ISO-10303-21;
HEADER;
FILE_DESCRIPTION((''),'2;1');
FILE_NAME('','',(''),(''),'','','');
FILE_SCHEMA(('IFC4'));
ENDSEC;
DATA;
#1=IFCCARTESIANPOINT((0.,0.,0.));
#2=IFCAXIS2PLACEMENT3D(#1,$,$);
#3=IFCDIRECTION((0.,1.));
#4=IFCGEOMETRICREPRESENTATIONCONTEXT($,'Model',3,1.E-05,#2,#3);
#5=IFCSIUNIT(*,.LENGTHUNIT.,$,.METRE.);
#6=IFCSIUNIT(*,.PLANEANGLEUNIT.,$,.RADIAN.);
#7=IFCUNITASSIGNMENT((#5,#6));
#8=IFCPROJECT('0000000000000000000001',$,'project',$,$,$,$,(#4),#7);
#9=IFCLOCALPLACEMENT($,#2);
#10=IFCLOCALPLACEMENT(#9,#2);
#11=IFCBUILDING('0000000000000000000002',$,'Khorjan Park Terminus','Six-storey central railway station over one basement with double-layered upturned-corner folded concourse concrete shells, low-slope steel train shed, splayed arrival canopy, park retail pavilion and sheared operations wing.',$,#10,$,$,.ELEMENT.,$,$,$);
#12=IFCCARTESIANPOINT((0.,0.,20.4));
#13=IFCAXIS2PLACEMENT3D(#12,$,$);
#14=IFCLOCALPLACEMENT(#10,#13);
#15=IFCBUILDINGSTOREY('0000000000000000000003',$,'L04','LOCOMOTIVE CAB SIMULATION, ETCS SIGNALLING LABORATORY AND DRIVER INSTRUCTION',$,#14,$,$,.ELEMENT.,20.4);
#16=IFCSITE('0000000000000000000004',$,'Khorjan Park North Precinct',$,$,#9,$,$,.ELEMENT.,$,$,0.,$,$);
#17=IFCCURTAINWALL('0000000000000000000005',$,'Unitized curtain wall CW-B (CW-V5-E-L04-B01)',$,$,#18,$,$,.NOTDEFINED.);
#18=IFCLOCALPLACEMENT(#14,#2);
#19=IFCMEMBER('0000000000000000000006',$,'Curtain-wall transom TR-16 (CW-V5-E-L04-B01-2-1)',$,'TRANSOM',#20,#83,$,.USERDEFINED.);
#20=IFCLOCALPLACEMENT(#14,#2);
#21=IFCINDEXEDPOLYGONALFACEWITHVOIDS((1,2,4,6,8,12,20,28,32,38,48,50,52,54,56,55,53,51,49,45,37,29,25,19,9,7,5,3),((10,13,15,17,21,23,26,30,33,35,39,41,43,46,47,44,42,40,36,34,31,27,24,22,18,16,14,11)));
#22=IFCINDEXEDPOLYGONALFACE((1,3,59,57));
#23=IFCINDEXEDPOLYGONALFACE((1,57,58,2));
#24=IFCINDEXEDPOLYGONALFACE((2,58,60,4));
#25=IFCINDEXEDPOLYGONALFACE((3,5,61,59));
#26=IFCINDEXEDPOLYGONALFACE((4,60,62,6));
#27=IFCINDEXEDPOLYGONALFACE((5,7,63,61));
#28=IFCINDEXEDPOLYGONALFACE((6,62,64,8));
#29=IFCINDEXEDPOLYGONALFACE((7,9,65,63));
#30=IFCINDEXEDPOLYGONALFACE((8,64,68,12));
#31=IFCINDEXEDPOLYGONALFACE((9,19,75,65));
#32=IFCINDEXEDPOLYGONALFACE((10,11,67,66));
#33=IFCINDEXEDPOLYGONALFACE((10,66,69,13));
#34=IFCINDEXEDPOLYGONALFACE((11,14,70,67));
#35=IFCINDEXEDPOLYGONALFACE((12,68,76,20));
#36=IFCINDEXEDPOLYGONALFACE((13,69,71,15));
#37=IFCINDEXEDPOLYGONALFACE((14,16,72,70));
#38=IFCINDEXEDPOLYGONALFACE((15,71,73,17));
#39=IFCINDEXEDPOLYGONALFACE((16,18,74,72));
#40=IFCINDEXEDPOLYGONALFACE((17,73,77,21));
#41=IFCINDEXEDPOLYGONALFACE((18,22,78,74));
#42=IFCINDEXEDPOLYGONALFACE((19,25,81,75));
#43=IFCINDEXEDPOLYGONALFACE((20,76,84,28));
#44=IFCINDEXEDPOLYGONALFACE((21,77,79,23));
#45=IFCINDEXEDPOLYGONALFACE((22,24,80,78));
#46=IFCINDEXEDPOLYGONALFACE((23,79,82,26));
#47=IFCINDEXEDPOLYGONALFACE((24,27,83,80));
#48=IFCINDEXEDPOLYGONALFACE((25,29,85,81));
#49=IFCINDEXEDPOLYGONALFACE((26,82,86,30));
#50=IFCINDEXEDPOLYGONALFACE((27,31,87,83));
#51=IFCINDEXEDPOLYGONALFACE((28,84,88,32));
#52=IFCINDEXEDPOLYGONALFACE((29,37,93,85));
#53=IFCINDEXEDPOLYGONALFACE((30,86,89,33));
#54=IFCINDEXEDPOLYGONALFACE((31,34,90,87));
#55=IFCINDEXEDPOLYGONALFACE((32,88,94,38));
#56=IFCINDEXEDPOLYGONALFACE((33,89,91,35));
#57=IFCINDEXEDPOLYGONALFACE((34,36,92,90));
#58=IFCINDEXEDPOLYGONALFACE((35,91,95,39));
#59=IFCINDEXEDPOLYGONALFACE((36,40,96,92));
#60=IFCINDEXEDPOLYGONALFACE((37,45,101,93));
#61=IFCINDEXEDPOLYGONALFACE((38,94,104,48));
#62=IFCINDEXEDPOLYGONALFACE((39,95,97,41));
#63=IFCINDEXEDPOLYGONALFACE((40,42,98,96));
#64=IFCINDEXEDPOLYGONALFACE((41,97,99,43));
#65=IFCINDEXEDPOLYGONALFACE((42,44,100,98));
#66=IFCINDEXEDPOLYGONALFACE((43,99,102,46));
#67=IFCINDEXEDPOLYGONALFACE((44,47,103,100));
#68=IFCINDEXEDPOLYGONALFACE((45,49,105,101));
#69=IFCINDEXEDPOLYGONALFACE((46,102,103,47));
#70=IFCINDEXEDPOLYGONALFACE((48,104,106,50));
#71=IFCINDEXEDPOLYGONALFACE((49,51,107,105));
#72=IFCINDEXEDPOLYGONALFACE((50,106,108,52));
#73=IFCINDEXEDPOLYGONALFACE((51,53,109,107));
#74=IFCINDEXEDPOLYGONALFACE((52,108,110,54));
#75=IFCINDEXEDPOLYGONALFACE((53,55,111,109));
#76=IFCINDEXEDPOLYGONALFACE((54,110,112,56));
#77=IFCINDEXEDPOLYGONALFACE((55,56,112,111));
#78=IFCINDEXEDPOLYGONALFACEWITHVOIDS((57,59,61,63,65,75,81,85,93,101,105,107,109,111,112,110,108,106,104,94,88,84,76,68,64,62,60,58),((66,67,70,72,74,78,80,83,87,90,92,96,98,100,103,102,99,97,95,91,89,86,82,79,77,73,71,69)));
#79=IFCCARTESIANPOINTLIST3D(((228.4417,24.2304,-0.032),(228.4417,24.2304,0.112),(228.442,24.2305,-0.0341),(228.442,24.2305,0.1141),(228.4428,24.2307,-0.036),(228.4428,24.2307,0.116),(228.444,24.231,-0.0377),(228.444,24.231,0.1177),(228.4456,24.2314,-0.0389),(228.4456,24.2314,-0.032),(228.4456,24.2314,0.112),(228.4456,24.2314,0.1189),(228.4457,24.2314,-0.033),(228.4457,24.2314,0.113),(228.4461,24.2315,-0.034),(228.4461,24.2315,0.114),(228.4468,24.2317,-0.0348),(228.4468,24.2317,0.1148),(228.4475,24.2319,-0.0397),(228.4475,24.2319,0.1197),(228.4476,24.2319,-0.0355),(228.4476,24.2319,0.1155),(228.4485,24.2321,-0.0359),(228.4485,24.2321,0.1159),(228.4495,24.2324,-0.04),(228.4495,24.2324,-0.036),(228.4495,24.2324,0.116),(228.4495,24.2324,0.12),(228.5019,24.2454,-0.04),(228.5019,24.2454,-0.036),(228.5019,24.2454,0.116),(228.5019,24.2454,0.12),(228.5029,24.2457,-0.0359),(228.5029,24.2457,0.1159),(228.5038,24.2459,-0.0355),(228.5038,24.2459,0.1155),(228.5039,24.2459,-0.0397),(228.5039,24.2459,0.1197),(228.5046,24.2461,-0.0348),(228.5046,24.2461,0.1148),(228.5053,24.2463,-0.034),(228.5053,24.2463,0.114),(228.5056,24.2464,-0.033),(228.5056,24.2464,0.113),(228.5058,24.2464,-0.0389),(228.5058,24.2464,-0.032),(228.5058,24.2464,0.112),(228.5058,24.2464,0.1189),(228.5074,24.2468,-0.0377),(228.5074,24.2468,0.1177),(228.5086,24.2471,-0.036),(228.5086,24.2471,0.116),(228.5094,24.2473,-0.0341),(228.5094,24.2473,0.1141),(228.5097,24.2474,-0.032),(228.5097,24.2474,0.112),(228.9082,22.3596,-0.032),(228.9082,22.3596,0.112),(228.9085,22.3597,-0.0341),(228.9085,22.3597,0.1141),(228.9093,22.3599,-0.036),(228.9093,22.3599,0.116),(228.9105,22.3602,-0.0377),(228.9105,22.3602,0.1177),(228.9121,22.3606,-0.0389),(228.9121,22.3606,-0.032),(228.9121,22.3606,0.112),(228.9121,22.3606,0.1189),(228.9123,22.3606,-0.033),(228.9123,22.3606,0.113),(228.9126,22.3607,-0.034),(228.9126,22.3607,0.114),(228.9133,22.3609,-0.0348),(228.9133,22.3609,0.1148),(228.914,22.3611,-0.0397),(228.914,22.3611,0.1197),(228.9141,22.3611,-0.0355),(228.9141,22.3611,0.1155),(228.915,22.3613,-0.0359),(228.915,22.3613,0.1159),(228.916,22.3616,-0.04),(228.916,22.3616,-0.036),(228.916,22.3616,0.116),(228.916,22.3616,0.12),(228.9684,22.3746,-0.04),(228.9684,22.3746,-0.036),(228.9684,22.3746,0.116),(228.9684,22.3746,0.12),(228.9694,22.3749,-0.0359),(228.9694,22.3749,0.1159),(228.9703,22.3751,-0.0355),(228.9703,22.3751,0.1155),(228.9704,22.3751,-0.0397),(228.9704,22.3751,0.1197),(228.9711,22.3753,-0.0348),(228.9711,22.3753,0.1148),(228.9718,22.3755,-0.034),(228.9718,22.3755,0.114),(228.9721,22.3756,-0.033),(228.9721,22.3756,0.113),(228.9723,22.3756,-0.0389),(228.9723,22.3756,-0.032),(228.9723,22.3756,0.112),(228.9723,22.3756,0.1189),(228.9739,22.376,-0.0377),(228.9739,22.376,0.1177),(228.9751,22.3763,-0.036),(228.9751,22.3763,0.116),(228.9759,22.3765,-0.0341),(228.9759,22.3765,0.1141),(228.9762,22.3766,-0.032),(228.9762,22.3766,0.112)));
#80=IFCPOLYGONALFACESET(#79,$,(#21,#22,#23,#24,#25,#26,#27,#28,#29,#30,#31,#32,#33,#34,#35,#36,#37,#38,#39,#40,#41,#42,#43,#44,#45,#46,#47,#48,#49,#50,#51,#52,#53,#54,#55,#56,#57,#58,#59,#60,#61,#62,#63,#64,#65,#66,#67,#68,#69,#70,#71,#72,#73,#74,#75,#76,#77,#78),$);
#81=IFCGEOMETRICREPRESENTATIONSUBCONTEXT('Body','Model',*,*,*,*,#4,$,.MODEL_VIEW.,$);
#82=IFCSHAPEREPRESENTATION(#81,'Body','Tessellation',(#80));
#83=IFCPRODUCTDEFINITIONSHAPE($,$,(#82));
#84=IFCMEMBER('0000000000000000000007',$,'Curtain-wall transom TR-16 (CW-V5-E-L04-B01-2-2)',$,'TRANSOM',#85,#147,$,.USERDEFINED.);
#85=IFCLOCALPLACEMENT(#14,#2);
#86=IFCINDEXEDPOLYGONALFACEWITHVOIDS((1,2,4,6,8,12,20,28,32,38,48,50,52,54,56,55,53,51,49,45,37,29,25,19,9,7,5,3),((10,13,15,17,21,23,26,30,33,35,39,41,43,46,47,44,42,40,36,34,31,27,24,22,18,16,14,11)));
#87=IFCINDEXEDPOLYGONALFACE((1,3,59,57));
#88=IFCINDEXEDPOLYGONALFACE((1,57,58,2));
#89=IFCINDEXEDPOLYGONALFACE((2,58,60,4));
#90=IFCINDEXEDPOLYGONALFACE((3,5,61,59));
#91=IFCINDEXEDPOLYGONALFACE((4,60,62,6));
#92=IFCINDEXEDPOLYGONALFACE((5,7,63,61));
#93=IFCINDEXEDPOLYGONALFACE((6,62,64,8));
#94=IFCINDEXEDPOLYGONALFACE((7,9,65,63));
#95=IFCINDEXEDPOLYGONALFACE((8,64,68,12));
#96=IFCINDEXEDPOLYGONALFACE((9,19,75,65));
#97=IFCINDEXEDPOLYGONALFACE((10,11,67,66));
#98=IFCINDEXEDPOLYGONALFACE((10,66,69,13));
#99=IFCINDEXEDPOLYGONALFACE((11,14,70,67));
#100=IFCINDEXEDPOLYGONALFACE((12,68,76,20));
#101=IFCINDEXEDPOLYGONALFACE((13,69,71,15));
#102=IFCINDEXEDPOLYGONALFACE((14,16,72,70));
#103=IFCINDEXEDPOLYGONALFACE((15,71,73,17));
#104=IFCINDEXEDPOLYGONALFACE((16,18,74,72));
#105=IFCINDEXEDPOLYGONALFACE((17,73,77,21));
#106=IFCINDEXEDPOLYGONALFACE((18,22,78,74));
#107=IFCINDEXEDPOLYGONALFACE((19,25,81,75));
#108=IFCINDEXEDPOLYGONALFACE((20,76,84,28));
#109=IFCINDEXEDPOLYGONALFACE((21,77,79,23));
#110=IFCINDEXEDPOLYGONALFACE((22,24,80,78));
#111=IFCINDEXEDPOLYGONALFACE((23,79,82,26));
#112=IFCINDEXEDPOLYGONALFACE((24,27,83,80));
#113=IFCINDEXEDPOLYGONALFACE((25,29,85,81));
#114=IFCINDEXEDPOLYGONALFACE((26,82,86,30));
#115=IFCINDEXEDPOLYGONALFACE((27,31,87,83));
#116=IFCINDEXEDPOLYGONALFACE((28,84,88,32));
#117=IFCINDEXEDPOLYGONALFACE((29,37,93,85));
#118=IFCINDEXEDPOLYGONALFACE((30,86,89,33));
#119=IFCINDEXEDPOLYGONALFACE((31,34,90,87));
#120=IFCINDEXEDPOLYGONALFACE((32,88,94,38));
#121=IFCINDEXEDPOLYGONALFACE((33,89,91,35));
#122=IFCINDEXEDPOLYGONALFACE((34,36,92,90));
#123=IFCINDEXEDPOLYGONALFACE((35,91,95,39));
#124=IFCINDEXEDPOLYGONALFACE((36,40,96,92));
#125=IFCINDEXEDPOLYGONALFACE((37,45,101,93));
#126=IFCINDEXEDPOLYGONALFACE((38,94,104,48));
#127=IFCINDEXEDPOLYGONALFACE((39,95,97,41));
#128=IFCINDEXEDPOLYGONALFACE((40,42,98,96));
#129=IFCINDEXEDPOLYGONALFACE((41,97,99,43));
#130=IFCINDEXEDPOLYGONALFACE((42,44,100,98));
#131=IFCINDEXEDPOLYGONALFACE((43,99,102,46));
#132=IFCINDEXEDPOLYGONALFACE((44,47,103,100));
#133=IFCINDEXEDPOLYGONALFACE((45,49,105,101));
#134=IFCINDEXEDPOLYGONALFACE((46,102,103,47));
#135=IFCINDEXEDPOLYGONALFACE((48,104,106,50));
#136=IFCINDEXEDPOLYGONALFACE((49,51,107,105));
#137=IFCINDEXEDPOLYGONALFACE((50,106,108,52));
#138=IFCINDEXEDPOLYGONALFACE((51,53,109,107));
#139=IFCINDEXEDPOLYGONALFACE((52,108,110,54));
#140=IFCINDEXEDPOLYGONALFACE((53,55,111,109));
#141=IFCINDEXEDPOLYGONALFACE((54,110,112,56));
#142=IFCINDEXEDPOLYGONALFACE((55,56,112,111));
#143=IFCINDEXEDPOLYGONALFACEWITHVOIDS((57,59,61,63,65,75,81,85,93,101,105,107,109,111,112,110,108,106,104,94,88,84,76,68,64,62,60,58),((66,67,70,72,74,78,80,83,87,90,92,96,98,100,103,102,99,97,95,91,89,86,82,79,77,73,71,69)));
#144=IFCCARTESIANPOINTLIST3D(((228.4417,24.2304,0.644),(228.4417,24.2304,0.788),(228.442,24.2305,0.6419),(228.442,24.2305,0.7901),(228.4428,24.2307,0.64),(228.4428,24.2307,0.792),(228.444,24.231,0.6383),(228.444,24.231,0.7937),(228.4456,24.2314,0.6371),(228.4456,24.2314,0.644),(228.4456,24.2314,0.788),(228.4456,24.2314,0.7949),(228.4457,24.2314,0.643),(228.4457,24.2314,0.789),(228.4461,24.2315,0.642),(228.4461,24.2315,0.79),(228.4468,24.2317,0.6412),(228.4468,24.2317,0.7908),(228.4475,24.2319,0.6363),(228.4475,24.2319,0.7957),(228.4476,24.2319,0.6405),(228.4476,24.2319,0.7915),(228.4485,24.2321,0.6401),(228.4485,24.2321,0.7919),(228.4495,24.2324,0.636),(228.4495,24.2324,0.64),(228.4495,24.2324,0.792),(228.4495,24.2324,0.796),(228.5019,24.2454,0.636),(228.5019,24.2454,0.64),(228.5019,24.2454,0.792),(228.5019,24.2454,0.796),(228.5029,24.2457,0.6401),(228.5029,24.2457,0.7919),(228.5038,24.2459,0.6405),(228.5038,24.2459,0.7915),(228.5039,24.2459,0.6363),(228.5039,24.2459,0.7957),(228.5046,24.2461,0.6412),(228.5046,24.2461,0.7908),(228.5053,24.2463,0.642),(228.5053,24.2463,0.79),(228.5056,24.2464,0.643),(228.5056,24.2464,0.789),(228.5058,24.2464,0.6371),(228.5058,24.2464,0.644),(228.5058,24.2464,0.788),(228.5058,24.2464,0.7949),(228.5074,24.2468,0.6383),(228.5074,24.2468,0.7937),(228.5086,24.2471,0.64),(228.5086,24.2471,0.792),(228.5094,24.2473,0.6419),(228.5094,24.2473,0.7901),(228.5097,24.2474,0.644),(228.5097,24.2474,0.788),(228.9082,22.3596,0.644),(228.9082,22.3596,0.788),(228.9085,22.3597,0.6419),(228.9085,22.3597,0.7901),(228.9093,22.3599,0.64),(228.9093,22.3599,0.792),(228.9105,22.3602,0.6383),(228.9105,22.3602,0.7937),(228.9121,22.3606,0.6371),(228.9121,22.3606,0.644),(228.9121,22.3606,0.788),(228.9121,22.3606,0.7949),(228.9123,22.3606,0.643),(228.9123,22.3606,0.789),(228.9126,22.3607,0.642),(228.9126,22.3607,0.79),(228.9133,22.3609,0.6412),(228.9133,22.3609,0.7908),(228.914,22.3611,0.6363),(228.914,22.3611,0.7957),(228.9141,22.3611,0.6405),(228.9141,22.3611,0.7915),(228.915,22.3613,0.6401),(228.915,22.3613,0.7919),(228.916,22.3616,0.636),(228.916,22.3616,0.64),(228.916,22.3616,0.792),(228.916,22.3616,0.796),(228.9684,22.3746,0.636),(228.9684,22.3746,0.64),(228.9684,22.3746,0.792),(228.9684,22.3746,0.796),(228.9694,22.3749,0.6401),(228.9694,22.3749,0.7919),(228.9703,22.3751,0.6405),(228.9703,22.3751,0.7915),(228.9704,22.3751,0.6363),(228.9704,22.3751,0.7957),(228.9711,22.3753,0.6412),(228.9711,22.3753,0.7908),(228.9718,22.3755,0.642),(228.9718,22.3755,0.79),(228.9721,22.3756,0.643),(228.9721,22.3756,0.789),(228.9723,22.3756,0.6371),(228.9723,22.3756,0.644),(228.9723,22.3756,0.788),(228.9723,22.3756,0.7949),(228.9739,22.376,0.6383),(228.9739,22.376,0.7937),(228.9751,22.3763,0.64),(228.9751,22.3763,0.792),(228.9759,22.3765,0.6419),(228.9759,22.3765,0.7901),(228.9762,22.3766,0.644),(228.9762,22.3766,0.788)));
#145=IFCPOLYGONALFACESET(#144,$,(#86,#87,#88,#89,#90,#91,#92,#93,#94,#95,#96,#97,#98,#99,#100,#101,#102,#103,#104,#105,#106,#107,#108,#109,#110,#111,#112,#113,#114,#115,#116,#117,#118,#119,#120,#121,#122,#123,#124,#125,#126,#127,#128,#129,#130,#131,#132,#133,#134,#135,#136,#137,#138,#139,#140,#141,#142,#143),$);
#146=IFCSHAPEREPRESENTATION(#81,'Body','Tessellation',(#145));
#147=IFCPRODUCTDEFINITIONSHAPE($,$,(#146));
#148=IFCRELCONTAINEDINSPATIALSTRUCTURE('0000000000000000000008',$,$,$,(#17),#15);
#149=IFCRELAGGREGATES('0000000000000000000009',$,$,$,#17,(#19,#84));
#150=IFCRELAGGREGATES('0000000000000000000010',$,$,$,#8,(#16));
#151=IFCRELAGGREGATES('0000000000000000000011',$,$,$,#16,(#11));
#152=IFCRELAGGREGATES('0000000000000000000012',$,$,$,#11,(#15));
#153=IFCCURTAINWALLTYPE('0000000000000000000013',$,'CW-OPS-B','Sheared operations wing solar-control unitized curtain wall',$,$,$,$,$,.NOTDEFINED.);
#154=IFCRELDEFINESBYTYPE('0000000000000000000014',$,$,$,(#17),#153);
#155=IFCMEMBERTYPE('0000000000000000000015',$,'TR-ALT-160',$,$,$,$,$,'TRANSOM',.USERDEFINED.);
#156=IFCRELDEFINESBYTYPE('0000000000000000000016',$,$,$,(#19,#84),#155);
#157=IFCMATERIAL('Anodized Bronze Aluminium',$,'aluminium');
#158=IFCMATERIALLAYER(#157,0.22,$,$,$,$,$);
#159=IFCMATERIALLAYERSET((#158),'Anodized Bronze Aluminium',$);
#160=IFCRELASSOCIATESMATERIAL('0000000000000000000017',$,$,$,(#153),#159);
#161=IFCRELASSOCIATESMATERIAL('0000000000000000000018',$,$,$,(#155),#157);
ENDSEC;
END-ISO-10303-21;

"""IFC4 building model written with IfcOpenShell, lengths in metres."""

from ifc_helpers import new_model, si_unit, direction, frame, origin, origin_2d, place, context, subcontext, project, spatial, hollow_rectangle, extrude, material, layer, layer_set, material_profile, profile_set, type_object, element, aggregate, save


model = new_model("IFC4")

# Units and contexts
model_context = context("Model", 3, precision=1e-05, world=origin(), true_north=direction((0.0, 1.0)))
body_context = subcontext(model_context, "Body", "Model", "MODEL_VIEW")
ifc_project = project(units=[si_unit("LENGTHUNIT", "METRE"), si_unit("PLANEANGLEUNIT", "RADIAN")], contexts=[model_context])

# Site, building, storey
site_placement = place(None, origin())
site = spatial("IfcSite", under=ifc_project, at=site_placement, Name="Khorjan Park North Precinct", CompositionType="ELEMENT", RefElevation=0.0)
building_placement = place(site_placement, origin())
building = spatial("IfcBuilding", under=site, at=building_placement, Name="Khorjan Park Terminus", Description="Six-storey central railway station over one basement with double-layered upturned-corner folded concourse concrete shells, low-slope steel train shed, splayed arrival canopy, park retail pavilion and sheared operations wing.", CompositionType="ELEMENT")
storey_placement = place(building_placement, frame((0.0, 0.0, 20.4)))
storey = spatial("IfcBuildingStorey", under=building, at=storey_placement, Name="L04", Description="LOCOMOTIVE CAB SIMULATION, ETCS SIGNALLING LABORATORY AND DRIVER INSTRUCTION", CompositionType="ELEMENT", Elevation=20.4)

# Curtain wall, members
ifc_material_1 = material(Name="Anodized Bronze Aluminium", Category="aluminium")
ifc_layer_1 = layer(ifc_material_1, 0.22)
ifc_layer_set_1 = layer_set([ifc_layer_1], Name="Anodized Bronze Aluminium")
curtain_wall_type = type_object("IfcCurtainWallType", Name="CW-OPS-B", Description="Sheared operations wing solar-control unitized curtain wall", PredefinedType="NOTDEFINED", material=ifc_layer_set_1)
curtain_wall_placement = place(storey_placement, origin())
curtain_wall = element("IfcCurtainWall", 1, at=curtain_wall_placement, inside=storey, type_object=curtain_wall_type, Name="Unitized curtain wall CW-B (CW-V5-E-L04-B01)", PredefinedType="NOTDEFINED")
ifc_material_profile_1 = material_profile(ifc_material_1, hollow_rectangle(XDim=0.07, YDim=0.16, WallThickness=0.004, InnerFilletRadius=0.004, OuterFilletRadius=0.008, at=origin_2d()), Name="ALT 70x160x4")
ifc_profile_set_1 = profile_set([ifc_material_profile_1], Name="Anodized Bronze Aluminium")
member_type_1 = type_object("IfcMemberType", Name="TR-ALT-160", ElementType="TRANSOM", PredefinedType="USERDEFINED", material=ifc_profile_set_1)
member_1_placement = place(storey_placement, frame((228.9422, 22.3681, 0.04), z_axis=(-0.24195, 0.970289, 0.0), x_axis=(-0.970289, -0.24195, 0.0)))
member_1 = element("IfcMember", 2, at=member_1_placement, type_object=member_type_1, Name="Curtain-wall transom TR-16 (CW-V5-E-L04-B01-2-1)", ObjectType="TRANSOM", PredefinedType="USERDEFINED", context=body_context, shape_type="SweptSolid", body=[
    extrude(hollow_rectangle(XDim=0.07, YDim=0.16, WallThickness=0.004, InnerFilletRadius=0.004, OuterFilletRadius=0.008, at=origin_2d()), origin(), (0.0, 0.0, 1.0), 1.9281),
])
member_2_placement = place(storey_placement, frame((228.9422, 22.3681, 0.716), z_axis=(-0.24195, 0.970289, 0.0), x_axis=(-0.970289, -0.24195, 0.0)))
member_2 = element("IfcMember", 3, at=member_2_placement, type_object=member_type_1, Name="Curtain-wall transom TR-16 (CW-V5-E-L04-B01-2-2)", ObjectType="TRANSOM", PredefinedType="USERDEFINED", context=body_context, shape_type="SweptSolid", body=[
    extrude(hollow_rectangle(XDim=0.07, YDim=0.16, WallThickness=0.004, InnerFilletRadius=0.004, OuterFilletRadius=0.008, at=origin_2d()), origin(), (0.0, 0.0, 1.0), 1.9281),
])
aggregate(curtain_wall, [member_1, member_2])

save(model, "model.ifc")
